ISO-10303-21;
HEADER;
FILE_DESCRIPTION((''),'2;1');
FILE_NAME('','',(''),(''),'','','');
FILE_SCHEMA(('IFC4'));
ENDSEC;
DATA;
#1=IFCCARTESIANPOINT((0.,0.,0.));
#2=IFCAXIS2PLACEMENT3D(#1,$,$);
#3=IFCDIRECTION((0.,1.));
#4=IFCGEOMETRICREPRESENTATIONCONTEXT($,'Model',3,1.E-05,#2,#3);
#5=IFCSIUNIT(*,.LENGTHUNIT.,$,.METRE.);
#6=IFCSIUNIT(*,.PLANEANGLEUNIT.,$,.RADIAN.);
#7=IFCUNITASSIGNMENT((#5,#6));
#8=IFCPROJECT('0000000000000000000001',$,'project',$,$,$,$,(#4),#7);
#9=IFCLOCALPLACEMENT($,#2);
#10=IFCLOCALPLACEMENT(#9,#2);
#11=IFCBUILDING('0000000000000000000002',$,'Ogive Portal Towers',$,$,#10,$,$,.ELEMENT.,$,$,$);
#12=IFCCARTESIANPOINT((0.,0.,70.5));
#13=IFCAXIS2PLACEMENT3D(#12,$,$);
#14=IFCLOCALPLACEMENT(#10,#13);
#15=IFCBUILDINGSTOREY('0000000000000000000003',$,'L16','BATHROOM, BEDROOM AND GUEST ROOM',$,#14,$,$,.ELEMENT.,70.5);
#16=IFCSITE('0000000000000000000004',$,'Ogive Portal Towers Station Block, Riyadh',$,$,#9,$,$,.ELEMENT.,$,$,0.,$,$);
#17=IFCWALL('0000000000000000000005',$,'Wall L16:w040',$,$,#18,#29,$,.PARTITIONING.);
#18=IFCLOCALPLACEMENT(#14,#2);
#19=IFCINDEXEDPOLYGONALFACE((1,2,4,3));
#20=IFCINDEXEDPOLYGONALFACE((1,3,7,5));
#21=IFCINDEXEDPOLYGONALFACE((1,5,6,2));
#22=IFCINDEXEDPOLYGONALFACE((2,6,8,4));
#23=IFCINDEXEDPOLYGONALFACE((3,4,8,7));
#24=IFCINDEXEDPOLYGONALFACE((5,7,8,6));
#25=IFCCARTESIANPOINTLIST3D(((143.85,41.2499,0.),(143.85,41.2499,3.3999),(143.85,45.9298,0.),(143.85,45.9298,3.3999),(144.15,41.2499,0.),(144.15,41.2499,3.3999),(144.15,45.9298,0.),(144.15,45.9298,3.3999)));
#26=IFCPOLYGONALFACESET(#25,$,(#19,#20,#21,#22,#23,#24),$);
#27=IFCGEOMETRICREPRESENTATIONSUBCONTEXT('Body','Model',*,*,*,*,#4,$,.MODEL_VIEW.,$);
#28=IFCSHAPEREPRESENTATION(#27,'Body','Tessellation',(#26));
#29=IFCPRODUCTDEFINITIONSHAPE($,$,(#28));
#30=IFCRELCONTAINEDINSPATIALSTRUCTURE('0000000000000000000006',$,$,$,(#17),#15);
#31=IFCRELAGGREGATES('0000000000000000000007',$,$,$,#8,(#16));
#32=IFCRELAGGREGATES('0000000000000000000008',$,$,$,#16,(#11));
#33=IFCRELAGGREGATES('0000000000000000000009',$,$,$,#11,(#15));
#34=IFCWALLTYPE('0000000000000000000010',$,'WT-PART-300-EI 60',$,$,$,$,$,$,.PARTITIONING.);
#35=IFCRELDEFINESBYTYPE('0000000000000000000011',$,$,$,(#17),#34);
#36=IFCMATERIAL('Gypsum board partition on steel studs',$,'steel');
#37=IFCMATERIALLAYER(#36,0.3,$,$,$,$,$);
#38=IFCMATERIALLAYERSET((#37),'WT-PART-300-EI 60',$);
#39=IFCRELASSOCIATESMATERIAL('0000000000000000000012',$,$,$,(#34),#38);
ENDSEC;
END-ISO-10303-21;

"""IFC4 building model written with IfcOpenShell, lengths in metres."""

from ifc_helpers import new_model, si_unit, direction, frame, frame_2d, origin, place, context, subcontext, project, spatial, rectangle, extrude, material, layer, layer_set, type_object, element, save


model = new_model("IFC4")

# Units and contexts
model_context = context("Model", 3, precision=1e-05, world=origin(), true_north=direction((0.0, 1.0)))
body_context = subcontext(model_context, "Body", "Model", "MODEL_VIEW")
ifc_project = project(units=[si_unit("LENGTHUNIT", "METRE"), si_unit("PLANEANGLEUNIT", "RADIAN")], contexts=[model_context])

# Site, building, storey
site_placement = place(None, origin())
site = spatial("IfcSite", under=ifc_project, at=site_placement, Name="Ogive Portal Towers Station Block, Riyadh", CompositionType="ELEMENT", RefElevation=0.0)
building_placement = place(site_placement, origin())
building = spatial("IfcBuilding", under=site, at=building_placement, Name="Ogive Portal Towers", CompositionType="ELEMENT")
storey_placement = place(building_placement, frame((0.0, 0.0, 70.5)))
storey = spatial("IfcBuildingStorey", under=building, at=storey_placement, Name="L16", Description="BATHROOM, BEDROOM AND GUEST ROOM", CompositionType="ELEMENT", Elevation=70.5)

# Shared definitions
ifc_material_1 = material(Name="Gypsum board partition on steel studs", Category="steel")

# Wall
ifc_layer_1 = layer(ifc_material_1, 0.3)
ifc_layer_set_1 = layer_set([ifc_layer_1], Name="WT-PART-300-EI 60")
wall_type_1 = type_object("IfcWallType", Name="WT-PART-300-EI 60", PredefinedType="PARTITIONING", material=ifc_layer_set_1)
wall_1_placement = place(storey_placement, frame((144.0, 41.25, 0.0), z_axis=(0.0, 0.0, 1.0), x_axis=(0.0, 1.0, 0.0)))
element("IfcWall", 1, at=wall_1_placement, inside=storey, type_object=wall_type_1, Name="Wall L16:w040", PredefinedType="PARTITIONING", context=body_context, shape_type="SweptSolid", body=[
    extrude(rectangle(XDim=4.6799, YDim=0.3, at=frame_2d((2.3398, 0.0))), origin(), (0.0, 0.0, 1.0), 3.3999),
])

save(model, "model.ifc")
